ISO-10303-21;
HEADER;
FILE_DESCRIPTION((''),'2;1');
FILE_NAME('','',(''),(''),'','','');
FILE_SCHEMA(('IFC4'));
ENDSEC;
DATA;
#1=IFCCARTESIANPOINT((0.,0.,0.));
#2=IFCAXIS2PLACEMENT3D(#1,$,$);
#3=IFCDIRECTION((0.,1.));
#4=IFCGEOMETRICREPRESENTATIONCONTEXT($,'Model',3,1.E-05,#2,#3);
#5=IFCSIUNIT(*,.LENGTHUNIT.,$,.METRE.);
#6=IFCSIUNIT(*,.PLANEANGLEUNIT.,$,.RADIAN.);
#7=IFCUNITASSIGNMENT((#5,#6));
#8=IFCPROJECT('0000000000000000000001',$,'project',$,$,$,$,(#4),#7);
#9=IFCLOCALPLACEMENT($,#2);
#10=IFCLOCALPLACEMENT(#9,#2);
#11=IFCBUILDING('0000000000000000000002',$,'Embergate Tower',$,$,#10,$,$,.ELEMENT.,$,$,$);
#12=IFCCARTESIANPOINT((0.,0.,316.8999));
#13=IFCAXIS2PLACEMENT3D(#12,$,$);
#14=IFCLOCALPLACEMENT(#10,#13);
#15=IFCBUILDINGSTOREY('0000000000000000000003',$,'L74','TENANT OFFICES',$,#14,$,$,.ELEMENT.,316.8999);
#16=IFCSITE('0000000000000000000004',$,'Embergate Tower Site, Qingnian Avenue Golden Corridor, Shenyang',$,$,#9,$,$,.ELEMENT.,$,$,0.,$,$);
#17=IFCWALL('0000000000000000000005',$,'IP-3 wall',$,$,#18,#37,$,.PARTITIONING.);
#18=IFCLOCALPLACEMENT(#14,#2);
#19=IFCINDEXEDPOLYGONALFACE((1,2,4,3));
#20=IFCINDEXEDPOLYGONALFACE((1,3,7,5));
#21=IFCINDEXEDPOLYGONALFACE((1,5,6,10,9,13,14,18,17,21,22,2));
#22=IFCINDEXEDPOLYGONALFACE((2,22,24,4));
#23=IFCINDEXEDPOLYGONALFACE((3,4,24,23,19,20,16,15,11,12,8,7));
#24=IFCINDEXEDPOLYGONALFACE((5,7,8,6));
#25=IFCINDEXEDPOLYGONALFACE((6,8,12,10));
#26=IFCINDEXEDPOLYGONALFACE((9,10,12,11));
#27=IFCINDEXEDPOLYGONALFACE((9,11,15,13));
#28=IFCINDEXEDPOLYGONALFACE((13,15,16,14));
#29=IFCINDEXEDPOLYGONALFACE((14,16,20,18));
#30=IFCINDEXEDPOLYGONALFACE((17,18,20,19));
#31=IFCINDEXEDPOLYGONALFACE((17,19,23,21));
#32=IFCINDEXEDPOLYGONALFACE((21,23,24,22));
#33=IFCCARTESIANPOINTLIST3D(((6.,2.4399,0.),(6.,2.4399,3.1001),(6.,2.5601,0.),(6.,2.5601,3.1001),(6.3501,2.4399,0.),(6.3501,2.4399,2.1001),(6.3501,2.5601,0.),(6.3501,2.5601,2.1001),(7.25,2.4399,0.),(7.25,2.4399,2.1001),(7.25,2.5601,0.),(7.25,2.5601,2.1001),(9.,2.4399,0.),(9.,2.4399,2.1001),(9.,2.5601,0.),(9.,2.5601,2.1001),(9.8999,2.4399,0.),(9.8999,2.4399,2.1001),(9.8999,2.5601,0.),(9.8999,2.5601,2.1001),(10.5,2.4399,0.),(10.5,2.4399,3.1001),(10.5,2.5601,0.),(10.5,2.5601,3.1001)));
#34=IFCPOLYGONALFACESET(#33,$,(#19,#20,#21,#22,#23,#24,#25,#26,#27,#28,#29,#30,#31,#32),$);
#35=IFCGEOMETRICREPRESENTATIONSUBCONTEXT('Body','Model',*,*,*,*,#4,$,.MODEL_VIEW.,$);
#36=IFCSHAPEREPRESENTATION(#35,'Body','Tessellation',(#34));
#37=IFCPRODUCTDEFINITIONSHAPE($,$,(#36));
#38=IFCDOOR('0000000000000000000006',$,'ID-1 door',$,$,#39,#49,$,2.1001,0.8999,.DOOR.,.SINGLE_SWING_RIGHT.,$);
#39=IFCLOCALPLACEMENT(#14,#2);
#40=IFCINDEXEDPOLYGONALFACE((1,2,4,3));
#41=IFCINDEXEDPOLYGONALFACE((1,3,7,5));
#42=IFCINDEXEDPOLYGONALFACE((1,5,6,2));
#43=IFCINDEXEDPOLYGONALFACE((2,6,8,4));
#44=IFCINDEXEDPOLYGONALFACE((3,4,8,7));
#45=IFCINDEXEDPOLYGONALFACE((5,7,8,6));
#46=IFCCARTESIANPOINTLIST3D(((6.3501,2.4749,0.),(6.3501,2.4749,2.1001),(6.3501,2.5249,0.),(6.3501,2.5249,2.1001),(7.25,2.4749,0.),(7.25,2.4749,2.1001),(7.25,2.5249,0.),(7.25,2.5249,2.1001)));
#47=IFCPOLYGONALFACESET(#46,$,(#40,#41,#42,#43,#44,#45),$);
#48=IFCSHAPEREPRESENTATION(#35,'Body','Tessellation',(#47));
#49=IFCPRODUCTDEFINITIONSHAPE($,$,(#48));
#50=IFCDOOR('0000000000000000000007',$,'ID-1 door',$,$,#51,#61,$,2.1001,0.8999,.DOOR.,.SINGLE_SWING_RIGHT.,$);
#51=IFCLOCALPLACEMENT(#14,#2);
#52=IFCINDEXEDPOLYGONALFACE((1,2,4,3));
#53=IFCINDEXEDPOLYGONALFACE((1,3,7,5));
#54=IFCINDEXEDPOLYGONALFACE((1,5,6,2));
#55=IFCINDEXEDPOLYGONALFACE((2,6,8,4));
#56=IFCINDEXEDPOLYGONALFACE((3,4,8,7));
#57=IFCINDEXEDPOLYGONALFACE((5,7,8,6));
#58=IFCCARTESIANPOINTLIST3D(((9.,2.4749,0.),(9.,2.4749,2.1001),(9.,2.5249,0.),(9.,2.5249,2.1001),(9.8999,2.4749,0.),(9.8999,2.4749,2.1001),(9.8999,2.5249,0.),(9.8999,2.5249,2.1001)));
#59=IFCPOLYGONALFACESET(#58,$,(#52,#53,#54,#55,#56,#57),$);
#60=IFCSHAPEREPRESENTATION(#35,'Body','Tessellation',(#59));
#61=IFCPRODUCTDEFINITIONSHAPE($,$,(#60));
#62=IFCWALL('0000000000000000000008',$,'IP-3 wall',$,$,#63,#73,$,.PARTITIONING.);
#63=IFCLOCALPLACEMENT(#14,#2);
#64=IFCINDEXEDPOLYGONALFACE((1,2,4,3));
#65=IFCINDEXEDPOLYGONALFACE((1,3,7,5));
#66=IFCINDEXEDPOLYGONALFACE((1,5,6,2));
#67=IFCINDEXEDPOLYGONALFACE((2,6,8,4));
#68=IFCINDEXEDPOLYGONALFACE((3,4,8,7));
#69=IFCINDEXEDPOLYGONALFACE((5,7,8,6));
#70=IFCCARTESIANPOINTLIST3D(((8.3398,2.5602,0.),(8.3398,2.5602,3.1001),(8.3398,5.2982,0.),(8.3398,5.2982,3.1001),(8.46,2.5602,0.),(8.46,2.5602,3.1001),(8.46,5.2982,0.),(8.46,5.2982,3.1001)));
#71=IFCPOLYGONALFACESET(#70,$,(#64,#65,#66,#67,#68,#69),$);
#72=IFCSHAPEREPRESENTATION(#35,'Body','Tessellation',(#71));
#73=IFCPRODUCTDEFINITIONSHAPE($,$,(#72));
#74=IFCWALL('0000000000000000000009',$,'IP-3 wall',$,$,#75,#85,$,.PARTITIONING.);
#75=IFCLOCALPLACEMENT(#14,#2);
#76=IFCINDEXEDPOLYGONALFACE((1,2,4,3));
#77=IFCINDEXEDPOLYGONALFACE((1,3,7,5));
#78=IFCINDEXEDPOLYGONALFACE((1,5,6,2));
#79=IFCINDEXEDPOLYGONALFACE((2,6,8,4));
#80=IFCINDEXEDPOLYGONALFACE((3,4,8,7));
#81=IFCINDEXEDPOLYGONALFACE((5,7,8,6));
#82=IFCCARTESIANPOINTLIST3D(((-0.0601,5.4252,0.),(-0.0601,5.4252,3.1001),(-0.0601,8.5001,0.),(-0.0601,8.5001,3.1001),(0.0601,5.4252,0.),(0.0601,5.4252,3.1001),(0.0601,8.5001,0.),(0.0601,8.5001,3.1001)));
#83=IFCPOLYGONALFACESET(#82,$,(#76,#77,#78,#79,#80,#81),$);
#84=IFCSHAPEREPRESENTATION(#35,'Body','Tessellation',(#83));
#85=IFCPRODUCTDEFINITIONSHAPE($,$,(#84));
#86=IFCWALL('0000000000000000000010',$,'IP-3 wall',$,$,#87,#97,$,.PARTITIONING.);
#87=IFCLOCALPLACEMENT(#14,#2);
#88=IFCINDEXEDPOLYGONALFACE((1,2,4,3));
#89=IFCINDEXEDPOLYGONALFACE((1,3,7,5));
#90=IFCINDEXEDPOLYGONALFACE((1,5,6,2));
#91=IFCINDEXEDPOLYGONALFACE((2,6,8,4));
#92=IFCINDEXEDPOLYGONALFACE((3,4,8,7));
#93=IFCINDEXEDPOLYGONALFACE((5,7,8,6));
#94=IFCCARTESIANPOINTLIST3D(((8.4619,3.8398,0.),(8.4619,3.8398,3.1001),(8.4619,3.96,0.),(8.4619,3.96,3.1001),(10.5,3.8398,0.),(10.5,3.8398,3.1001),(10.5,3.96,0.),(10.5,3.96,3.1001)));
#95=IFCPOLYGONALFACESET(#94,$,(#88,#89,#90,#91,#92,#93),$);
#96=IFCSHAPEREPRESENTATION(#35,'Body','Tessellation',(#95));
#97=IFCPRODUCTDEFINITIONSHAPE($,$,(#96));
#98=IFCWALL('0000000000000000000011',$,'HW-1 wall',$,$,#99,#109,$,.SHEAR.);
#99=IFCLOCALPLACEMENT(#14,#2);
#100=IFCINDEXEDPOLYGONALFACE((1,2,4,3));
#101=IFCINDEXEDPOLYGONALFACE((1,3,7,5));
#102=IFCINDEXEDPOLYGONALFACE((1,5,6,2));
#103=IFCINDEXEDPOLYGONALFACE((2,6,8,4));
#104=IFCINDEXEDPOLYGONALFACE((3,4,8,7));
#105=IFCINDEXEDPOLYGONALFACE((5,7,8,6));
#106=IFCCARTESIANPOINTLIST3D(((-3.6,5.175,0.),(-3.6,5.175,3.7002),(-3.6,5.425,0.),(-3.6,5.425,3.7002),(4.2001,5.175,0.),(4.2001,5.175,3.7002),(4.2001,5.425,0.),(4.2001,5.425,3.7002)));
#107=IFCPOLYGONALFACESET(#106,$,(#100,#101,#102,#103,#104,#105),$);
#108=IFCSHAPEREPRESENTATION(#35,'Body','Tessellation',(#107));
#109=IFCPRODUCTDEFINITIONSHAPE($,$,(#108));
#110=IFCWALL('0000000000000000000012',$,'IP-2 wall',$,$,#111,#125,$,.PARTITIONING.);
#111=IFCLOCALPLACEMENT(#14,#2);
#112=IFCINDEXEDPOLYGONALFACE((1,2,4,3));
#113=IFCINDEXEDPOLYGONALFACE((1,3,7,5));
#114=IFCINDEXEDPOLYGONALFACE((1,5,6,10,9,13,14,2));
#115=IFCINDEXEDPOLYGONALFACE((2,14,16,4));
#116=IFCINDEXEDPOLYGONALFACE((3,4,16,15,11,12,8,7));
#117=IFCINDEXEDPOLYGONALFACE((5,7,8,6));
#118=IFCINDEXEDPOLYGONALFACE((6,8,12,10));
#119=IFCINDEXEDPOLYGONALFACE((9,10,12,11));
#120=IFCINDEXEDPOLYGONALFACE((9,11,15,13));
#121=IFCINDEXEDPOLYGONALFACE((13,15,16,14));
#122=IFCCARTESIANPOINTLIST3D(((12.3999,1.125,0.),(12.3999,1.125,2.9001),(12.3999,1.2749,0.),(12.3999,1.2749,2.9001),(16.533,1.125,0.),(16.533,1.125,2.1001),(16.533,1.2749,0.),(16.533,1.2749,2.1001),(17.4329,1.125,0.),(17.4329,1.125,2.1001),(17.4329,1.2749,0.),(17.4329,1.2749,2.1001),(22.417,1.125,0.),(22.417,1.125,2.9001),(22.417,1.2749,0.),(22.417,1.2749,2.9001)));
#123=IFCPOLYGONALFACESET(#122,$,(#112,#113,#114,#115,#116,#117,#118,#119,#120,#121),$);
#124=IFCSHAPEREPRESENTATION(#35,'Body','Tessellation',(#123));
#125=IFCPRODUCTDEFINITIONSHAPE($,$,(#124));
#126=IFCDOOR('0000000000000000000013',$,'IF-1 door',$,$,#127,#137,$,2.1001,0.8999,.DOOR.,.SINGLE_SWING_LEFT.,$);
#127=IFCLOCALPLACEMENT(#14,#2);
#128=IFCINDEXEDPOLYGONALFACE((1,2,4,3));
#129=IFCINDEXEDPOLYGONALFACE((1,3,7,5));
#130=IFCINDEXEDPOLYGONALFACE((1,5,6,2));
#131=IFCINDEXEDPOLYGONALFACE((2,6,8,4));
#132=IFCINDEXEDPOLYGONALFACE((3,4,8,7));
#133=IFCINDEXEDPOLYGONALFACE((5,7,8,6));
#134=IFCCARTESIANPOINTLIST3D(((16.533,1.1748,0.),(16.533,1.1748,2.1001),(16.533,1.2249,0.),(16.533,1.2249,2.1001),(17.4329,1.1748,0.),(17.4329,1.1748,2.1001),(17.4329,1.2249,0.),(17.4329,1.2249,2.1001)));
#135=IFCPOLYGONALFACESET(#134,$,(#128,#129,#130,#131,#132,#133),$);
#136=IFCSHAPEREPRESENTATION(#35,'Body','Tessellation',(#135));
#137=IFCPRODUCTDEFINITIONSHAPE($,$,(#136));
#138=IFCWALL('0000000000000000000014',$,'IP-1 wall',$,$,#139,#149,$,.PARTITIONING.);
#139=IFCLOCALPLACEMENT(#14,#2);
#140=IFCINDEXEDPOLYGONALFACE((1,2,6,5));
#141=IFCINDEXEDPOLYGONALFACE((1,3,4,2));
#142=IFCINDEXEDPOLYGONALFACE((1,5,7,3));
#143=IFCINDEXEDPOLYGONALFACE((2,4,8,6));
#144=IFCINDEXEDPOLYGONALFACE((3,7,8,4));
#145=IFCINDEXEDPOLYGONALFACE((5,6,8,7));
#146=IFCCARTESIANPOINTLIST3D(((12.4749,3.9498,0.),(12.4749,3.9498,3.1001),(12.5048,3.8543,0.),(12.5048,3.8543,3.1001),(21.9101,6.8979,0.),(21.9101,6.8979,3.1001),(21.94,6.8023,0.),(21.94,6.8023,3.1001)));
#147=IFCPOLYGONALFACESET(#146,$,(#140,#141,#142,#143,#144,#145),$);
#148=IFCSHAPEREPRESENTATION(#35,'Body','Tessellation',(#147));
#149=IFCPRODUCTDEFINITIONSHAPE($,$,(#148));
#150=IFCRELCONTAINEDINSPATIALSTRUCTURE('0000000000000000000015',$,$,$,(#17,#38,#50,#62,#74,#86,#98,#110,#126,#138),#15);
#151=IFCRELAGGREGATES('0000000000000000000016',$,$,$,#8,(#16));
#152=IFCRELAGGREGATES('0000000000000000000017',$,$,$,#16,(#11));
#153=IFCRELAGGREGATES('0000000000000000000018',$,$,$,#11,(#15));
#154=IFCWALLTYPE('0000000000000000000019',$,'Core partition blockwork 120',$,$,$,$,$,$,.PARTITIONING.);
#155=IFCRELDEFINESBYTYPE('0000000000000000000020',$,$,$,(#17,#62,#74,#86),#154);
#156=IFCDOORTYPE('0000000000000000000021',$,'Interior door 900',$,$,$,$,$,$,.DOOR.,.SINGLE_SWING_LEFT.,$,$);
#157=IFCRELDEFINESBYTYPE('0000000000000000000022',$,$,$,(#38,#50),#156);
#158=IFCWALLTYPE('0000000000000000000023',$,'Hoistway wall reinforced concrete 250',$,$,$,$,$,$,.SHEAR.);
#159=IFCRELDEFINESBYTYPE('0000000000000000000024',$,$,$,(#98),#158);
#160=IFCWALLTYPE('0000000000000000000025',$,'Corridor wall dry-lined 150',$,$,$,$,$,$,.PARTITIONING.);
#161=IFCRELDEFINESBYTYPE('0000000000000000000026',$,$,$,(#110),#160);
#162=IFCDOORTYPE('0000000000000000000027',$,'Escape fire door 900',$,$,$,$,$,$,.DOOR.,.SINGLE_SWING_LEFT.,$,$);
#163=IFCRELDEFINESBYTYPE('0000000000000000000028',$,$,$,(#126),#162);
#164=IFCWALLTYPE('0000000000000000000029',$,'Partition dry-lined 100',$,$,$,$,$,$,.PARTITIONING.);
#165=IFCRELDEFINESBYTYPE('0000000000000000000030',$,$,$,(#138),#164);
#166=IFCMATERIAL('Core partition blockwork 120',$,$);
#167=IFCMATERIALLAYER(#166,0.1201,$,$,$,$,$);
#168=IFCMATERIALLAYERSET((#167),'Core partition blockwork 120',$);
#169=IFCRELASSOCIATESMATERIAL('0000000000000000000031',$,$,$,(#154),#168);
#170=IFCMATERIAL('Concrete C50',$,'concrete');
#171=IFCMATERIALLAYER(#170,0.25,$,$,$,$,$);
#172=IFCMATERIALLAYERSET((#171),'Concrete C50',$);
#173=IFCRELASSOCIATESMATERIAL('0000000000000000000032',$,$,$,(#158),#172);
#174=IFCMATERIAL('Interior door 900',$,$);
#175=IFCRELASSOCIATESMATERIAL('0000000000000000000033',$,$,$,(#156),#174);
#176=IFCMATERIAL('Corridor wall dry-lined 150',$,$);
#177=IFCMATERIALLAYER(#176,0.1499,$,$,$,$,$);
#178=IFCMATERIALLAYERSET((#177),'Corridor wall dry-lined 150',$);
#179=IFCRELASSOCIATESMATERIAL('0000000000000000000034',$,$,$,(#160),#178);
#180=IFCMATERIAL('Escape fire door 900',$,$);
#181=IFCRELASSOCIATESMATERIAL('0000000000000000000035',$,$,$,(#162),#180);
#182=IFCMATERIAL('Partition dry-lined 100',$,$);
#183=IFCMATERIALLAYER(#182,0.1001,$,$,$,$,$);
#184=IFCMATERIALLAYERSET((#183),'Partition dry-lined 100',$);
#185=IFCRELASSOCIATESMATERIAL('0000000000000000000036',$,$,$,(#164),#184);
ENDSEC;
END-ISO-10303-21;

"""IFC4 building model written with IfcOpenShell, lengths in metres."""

from ifc_helpers import new_model, si_unit, direction, frame, frame_2d, origin, place, context, subcontext, project, spatial, rectangle, extrude, source, transform, mapped, material, layer, layer_set, type_object, element, fill, save


model = new_model("IFC4")

# Units and contexts
model_context = context("Model", 3, precision=1e-05, world=origin(), true_north=direction((0.0, 1.0)))
body_context = subcontext(model_context, "Body", "Model", "MODEL_VIEW")
ifc_project = project(units=[si_unit("LENGTHUNIT", "METRE"), si_unit("PLANEANGLEUNIT", "RADIAN")], contexts=[model_context])

# Site, building, storey
site_placement = place(None, origin())
site = spatial("IfcSite", under=ifc_project, at=site_placement, Name="Embergate Tower Site, Qingnian Avenue Golden Corridor, Shenyang", CompositionType="ELEMENT", RefElevation=0.0)
building_placement = place(site_placement, origin())
building = spatial("IfcBuilding", under=site, at=building_placement, Name="Embergate Tower", CompositionType="ELEMENT")
storey_placement = place(building_placement, frame((0.0, 0.0, 316.8999)))
storey = spatial("IfcBuildingStorey", under=building, at=storey_placement, Name="L74", Description="TENANT OFFICES", CompositionType="ELEMENT", Elevation=316.8999)

# Shared definitions
ifc_material_1 = material(Name="Core partition blockwork 120")
ifc_layer_1 = layer(ifc_material_1, 0.1201)
ifc_layer_set_1 = layer_set([ifc_layer_1], Name="Core partition blockwork 120")
wall_type_1 = type_object("IfcWallType", Name="Core partition blockwork 120", PredefinedType="PARTITIONING", material=ifc_layer_set_1)

# Shared definitions
ifc_material_2 = material(Name="Concrete C50", Category="concrete")
ifc_layer_2 = layer(ifc_material_2, 0.25)
ifc_layer_set_2 = layer_set([ifc_layer_2], Name="Concrete C50")
wall_type_2 = type_object("IfcWallType", Name="Hoistway wall reinforced concrete 250", PredefinedType="SHEAR", material=ifc_layer_set_2)

# Wall, openings, doors
shared_shape_1 = source(origin(), body_context, "Body", "SweptSolid", [
    extrude(rectangle(XDim=4.5, YDim=0.1201, at=frame_2d((2.25, 0.0))), origin(), (0.0, 0.0, 1.0), 3.1001),
])
wall_1_placement = place(storey_placement, frame((6.0, 2.5, 0.0), z_axis=(0.0, 0.0, 1.0), x_axis=(1.0, 0.0, 0.0)))
wall_1 = element("IfcWall", 1, at=wall_1_placement, inside=storey, type_object=wall_type_1, Name="IP-3 wall", PredefinedType="PARTITIONING", context=body_context, shape_type="MappedRepresentation", body=[
    mapped(shared_shape_1, transform((0.0, 0.0, 0.0))),
])
shared_shape_2 = source(origin(), body_context, "Body", "SweptSolid", [
    extrude(rectangle(XDim=0.8999, YDim=2.1001, at=frame_2d((0.45, 1.05))), frame((0.0, 0.0701, 0.0), z_axis=(0.0, -1.0, 0.0), x_axis=(1.0, 0.0, 0.0)), (0.0, 0.0, 1.0), 0.1401),
])
opening_1_placement = place(wall_1_placement, frame((0.3501, 0.0, 0.0)))
opening_1 = element("IfcOpeningElement", 2, at=opening_1_placement, cuts=wall_1, PredefinedType="OPENING", context=body_context, shape_type="MappedRepresentation", body=[
    mapped(shared_shape_2, transform((0.0, 0.0, 0.0))),
])
opening_2_placement = place(wall_1_placement, frame((3.0, 0.0, 0.0)))
opening_2 = element("IfcOpeningElement", 3, at=opening_2_placement, cuts=wall_1, PredefinedType="OPENING", context=body_context, shape_type="MappedRepresentation", body=[
    mapped(shared_shape_2, transform((0.0, 0.0, 0.0))),
])
ifc_material_3 = material(Name="Interior door 900")
door_type_1 = type_object("IfcDoorType", Name="Interior door 900", OperationType="SINGLE_SWING_LEFT", PredefinedType="DOOR", material=ifc_material_3)
shared_shape_3 = source(origin(), body_context, "Body", "SweptSolid", [
    extrude(rectangle(XDim=0.8999, YDim=2.1001, at=frame_2d((0.45, 1.05))), frame((0.0, 0.0249, 0.0), z_axis=(0.0, -1.0, 0.0), x_axis=(1.0, 0.0, 0.0)), (0.0, 0.0, 1.0), 0.05),
])
door_1_placement = place(opening_1_placement, origin())
door_1 = element("IfcDoor", 4, at=door_1_placement, inside=storey, type_object=door_type_1, Name="ID-1 door", OperationType="SINGLE_SWING_RIGHT", OverallHeight=2.1001, OverallWidth=0.8999, PredefinedType="DOOR", context=body_context, shape_type="MappedRepresentation", body=[
    mapped(shared_shape_3, transform((0.0, 0.0, 0.0))),
])
fill(opening_1, door_1)
door_2_placement = place(opening_2_placement, origin())
door_2 = element("IfcDoor", 5, at=door_2_placement, inside=storey, type_object=door_type_1, Name="ID-1 door", OperationType="SINGLE_SWING_RIGHT", OverallHeight=2.1001, OverallWidth=0.8999, PredefinedType="DOOR", context=body_context, shape_type="MappedRepresentation", body=[
    mapped(shared_shape_3, transform((0.0, 0.0, 0.0))),
])
fill(opening_2, door_2)

# Walls
shared_shape_4 = source(origin(), body_context, "Body", "SweptSolid", [
    extrude(rectangle(XDim=2.738, YDim=0.1201, at=frame_2d((1.3691, 0.0))), origin(), (0.0, 0.0, 1.0), 3.1001),
])
wall_2_placement = place(storey_placement, frame((8.3999, 2.5601, 0.0), z_axis=(0.0, 0.0, 1.0), x_axis=(0.0, 1.0, 0.0)))
element("IfcWall", 6, at=wall_2_placement, inside=storey, type_object=wall_type_1, Name="IP-3 wall", PredefinedType="PARTITIONING", context=body_context, shape_type="MappedRepresentation", body=[
    mapped(shared_shape_4, transform((0.0, 0.0, 0.0))),
])
shared_shape_5 = source(origin(), body_context, "Body", "SweptSolid", [
    extrude(rectangle(XDim=3.075, YDim=0.1201, at=frame_2d((1.5376, 0.0))), origin(), (0.0, 0.0, 1.0), 3.1001),
])
wall_3_placement = place(storey_placement, frame((0.0, 5.425, 0.0), z_axis=(0.0, 0.0, 1.0), x_axis=(0.0, 1.0, 0.0)))
element("IfcWall", 7, at=wall_3_placement, inside=storey, type_object=wall_type_1, Name="IP-3 wall", PredefinedType="PARTITIONING", context=body_context, shape_type="MappedRepresentation", body=[
    mapped(shared_shape_5, transform((0.0, 0.0, 0.0))),
])
shared_shape_6 = source(origin(), body_context, "Body", "SweptSolid", [
    extrude(rectangle(XDim=2.0381, YDim=0.1201, at=frame_2d((1.019, 0.0))), origin(), (0.0, 0.0, 1.0), 3.1001),
])
wall_4_placement = place(storey_placement, frame((10.5, 3.8999, 0.0), z_axis=(0.0, 0.0, 1.0), x_axis=(-1.0, 0.0, 0.0)))
element("IfcWall", 8, at=wall_4_placement, inside=storey, type_object=wall_type_1, Name="IP-3 wall", PredefinedType="PARTITIONING", context=body_context, shape_type="MappedRepresentation", body=[
    mapped(shared_shape_6, transform((0.0, 0.0, 0.0))),
])
shared_shape_7 = source(origin(), body_context, "Body", "SweptSolid", [
    extrude(rectangle(XDim=7.8, YDim=0.25, at=frame_2d((3.8999, 0.0))), origin(), (0.0, 0.0, 1.0), 3.7002),
])
wall_5_placement = place(storey_placement, frame((4.2, 5.3, 0.0), z_axis=(0.0, 0.0, 1.0), x_axis=(-1.0, 0.0, 0.0)))
element("IfcWall", 9, at=wall_5_placement, inside=storey, type_object=wall_type_2, Name="HW-1 wall", PredefinedType="SHEAR", context=body_context, shape_type="MappedRepresentation", body=[
    mapped(shared_shape_7, transform((0.0, 0.0, 0.0))),
])

# Wall, opening, door
ifc_material_4 = material(Name="Corridor wall dry-lined 150")
ifc_layer_3 = layer(ifc_material_4, 0.1499)
ifc_layer_set_3 = layer_set([ifc_layer_3], Name="Corridor wall dry-lined 150")
wall_type_3 = type_object("IfcWallType", Name="Corridor wall dry-lined 150", PredefinedType="PARTITIONING", material=ifc_layer_set_3)
shared_shape_8 = source(origin(), body_context, "Body", "SweptSolid", [
    extrude(rectangle(XDim=10.0171, YDim=0.1499, at=frame_2d((5.0085, 0.0))), origin(), (0.0, 0.0, 1.0), 2.9001),
])
wall_6_placement = place(storey_placement, frame((12.3999, 1.2, 0.0), z_axis=(0.0, 0.0, 1.0), x_axis=(1.0, 0.0, 0.0)))
wall_6 = element("IfcWall", 10, at=wall_6_placement, inside=storey, type_object=wall_type_3, Name="IP-2 wall", PredefinedType="PARTITIONING", context=body_context, shape_type="MappedRepresentation", body=[
    mapped(shared_shape_8, transform((0.0, 0.0, 0.0))),
])
shared_shape_9 = source(origin(), body_context, "Body", "SweptSolid", [
    extrude(rectangle(XDim=0.8999, YDim=2.1001, at=frame_2d((0.45, 1.05))), frame((0.0, 0.085, 0.0), z_axis=(0.0, -1.0, 0.0), x_axis=(1.0, 0.0, 0.0)), (0.0, 0.0, 1.0), 0.1699),
])
opening_3_placement = place(wall_6_placement, frame((4.1331, 0.0, 0.0)))
opening_3 = element("IfcOpeningElement", 11, at=opening_3_placement, cuts=wall_6, PredefinedType="OPENING", context=body_context, shape_type="MappedRepresentation", body=[
    mapped(shared_shape_9, transform((0.0, 0.0, 0.0))),
])
ifc_material_5 = material(Name="Escape fire door 900")
door_type_2 = type_object("IfcDoorType", Name="Escape fire door 900", OperationType="SINGLE_SWING_LEFT", PredefinedType="DOOR", material=ifc_material_5)
door_3_placement = place(opening_3_placement, origin())
door_3 = element("IfcDoor", 12, at=door_3_placement, inside=storey, type_object=door_type_2, Name="IF-1 door", OperationType="SINGLE_SWING_LEFT", OverallHeight=2.1001, OverallWidth=0.8999, PredefinedType="DOOR", context=body_context, shape_type="MappedRepresentation", body=[
    mapped(shared_shape_3, transform((0.0, 0.0, 0.0))),
])
fill(opening_3, door_3)

# Wall
ifc_material_6 = material(Name="Partition dry-lined 100")
ifc_layer_4 = layer(ifc_material_6, 0.1001)
ifc_layer_set_4 = layer_set([ifc_layer_4], Name="Partition dry-lined 100")
wall_type_4 = type_object("IfcWallType", Name="Partition dry-lined 100", PredefinedType="PARTITIONING", material=ifc_layer_set_4)
shared_shape_10 = source(origin(), body_context, "Body", "SweptSolid", [
    extrude(rectangle(XDim=9.885, YDim=0.1001, at=frame_2d((4.9424, 0.0))), origin(), (0.0, 0.0, 1.0), 3.1001),
])
wall_7_placement = place(storey_placement, frame((12.49, 3.9021, 0.0), z_axis=(0.0, 0.0, 1.0), x_axis=(0.954493, 0.298233, 0.0)))
element("IfcWall", 13, at=wall_7_placement, inside=storey, type_object=wall_type_4, Name="IP-1 wall", PredefinedType="PARTITIONING", context=body_context, shape_type="MappedRepresentation", body=[
    mapped(shared_shape_10, transform((0.0, 0.0, 0.0))),
])

save(model, "model.ifc")
